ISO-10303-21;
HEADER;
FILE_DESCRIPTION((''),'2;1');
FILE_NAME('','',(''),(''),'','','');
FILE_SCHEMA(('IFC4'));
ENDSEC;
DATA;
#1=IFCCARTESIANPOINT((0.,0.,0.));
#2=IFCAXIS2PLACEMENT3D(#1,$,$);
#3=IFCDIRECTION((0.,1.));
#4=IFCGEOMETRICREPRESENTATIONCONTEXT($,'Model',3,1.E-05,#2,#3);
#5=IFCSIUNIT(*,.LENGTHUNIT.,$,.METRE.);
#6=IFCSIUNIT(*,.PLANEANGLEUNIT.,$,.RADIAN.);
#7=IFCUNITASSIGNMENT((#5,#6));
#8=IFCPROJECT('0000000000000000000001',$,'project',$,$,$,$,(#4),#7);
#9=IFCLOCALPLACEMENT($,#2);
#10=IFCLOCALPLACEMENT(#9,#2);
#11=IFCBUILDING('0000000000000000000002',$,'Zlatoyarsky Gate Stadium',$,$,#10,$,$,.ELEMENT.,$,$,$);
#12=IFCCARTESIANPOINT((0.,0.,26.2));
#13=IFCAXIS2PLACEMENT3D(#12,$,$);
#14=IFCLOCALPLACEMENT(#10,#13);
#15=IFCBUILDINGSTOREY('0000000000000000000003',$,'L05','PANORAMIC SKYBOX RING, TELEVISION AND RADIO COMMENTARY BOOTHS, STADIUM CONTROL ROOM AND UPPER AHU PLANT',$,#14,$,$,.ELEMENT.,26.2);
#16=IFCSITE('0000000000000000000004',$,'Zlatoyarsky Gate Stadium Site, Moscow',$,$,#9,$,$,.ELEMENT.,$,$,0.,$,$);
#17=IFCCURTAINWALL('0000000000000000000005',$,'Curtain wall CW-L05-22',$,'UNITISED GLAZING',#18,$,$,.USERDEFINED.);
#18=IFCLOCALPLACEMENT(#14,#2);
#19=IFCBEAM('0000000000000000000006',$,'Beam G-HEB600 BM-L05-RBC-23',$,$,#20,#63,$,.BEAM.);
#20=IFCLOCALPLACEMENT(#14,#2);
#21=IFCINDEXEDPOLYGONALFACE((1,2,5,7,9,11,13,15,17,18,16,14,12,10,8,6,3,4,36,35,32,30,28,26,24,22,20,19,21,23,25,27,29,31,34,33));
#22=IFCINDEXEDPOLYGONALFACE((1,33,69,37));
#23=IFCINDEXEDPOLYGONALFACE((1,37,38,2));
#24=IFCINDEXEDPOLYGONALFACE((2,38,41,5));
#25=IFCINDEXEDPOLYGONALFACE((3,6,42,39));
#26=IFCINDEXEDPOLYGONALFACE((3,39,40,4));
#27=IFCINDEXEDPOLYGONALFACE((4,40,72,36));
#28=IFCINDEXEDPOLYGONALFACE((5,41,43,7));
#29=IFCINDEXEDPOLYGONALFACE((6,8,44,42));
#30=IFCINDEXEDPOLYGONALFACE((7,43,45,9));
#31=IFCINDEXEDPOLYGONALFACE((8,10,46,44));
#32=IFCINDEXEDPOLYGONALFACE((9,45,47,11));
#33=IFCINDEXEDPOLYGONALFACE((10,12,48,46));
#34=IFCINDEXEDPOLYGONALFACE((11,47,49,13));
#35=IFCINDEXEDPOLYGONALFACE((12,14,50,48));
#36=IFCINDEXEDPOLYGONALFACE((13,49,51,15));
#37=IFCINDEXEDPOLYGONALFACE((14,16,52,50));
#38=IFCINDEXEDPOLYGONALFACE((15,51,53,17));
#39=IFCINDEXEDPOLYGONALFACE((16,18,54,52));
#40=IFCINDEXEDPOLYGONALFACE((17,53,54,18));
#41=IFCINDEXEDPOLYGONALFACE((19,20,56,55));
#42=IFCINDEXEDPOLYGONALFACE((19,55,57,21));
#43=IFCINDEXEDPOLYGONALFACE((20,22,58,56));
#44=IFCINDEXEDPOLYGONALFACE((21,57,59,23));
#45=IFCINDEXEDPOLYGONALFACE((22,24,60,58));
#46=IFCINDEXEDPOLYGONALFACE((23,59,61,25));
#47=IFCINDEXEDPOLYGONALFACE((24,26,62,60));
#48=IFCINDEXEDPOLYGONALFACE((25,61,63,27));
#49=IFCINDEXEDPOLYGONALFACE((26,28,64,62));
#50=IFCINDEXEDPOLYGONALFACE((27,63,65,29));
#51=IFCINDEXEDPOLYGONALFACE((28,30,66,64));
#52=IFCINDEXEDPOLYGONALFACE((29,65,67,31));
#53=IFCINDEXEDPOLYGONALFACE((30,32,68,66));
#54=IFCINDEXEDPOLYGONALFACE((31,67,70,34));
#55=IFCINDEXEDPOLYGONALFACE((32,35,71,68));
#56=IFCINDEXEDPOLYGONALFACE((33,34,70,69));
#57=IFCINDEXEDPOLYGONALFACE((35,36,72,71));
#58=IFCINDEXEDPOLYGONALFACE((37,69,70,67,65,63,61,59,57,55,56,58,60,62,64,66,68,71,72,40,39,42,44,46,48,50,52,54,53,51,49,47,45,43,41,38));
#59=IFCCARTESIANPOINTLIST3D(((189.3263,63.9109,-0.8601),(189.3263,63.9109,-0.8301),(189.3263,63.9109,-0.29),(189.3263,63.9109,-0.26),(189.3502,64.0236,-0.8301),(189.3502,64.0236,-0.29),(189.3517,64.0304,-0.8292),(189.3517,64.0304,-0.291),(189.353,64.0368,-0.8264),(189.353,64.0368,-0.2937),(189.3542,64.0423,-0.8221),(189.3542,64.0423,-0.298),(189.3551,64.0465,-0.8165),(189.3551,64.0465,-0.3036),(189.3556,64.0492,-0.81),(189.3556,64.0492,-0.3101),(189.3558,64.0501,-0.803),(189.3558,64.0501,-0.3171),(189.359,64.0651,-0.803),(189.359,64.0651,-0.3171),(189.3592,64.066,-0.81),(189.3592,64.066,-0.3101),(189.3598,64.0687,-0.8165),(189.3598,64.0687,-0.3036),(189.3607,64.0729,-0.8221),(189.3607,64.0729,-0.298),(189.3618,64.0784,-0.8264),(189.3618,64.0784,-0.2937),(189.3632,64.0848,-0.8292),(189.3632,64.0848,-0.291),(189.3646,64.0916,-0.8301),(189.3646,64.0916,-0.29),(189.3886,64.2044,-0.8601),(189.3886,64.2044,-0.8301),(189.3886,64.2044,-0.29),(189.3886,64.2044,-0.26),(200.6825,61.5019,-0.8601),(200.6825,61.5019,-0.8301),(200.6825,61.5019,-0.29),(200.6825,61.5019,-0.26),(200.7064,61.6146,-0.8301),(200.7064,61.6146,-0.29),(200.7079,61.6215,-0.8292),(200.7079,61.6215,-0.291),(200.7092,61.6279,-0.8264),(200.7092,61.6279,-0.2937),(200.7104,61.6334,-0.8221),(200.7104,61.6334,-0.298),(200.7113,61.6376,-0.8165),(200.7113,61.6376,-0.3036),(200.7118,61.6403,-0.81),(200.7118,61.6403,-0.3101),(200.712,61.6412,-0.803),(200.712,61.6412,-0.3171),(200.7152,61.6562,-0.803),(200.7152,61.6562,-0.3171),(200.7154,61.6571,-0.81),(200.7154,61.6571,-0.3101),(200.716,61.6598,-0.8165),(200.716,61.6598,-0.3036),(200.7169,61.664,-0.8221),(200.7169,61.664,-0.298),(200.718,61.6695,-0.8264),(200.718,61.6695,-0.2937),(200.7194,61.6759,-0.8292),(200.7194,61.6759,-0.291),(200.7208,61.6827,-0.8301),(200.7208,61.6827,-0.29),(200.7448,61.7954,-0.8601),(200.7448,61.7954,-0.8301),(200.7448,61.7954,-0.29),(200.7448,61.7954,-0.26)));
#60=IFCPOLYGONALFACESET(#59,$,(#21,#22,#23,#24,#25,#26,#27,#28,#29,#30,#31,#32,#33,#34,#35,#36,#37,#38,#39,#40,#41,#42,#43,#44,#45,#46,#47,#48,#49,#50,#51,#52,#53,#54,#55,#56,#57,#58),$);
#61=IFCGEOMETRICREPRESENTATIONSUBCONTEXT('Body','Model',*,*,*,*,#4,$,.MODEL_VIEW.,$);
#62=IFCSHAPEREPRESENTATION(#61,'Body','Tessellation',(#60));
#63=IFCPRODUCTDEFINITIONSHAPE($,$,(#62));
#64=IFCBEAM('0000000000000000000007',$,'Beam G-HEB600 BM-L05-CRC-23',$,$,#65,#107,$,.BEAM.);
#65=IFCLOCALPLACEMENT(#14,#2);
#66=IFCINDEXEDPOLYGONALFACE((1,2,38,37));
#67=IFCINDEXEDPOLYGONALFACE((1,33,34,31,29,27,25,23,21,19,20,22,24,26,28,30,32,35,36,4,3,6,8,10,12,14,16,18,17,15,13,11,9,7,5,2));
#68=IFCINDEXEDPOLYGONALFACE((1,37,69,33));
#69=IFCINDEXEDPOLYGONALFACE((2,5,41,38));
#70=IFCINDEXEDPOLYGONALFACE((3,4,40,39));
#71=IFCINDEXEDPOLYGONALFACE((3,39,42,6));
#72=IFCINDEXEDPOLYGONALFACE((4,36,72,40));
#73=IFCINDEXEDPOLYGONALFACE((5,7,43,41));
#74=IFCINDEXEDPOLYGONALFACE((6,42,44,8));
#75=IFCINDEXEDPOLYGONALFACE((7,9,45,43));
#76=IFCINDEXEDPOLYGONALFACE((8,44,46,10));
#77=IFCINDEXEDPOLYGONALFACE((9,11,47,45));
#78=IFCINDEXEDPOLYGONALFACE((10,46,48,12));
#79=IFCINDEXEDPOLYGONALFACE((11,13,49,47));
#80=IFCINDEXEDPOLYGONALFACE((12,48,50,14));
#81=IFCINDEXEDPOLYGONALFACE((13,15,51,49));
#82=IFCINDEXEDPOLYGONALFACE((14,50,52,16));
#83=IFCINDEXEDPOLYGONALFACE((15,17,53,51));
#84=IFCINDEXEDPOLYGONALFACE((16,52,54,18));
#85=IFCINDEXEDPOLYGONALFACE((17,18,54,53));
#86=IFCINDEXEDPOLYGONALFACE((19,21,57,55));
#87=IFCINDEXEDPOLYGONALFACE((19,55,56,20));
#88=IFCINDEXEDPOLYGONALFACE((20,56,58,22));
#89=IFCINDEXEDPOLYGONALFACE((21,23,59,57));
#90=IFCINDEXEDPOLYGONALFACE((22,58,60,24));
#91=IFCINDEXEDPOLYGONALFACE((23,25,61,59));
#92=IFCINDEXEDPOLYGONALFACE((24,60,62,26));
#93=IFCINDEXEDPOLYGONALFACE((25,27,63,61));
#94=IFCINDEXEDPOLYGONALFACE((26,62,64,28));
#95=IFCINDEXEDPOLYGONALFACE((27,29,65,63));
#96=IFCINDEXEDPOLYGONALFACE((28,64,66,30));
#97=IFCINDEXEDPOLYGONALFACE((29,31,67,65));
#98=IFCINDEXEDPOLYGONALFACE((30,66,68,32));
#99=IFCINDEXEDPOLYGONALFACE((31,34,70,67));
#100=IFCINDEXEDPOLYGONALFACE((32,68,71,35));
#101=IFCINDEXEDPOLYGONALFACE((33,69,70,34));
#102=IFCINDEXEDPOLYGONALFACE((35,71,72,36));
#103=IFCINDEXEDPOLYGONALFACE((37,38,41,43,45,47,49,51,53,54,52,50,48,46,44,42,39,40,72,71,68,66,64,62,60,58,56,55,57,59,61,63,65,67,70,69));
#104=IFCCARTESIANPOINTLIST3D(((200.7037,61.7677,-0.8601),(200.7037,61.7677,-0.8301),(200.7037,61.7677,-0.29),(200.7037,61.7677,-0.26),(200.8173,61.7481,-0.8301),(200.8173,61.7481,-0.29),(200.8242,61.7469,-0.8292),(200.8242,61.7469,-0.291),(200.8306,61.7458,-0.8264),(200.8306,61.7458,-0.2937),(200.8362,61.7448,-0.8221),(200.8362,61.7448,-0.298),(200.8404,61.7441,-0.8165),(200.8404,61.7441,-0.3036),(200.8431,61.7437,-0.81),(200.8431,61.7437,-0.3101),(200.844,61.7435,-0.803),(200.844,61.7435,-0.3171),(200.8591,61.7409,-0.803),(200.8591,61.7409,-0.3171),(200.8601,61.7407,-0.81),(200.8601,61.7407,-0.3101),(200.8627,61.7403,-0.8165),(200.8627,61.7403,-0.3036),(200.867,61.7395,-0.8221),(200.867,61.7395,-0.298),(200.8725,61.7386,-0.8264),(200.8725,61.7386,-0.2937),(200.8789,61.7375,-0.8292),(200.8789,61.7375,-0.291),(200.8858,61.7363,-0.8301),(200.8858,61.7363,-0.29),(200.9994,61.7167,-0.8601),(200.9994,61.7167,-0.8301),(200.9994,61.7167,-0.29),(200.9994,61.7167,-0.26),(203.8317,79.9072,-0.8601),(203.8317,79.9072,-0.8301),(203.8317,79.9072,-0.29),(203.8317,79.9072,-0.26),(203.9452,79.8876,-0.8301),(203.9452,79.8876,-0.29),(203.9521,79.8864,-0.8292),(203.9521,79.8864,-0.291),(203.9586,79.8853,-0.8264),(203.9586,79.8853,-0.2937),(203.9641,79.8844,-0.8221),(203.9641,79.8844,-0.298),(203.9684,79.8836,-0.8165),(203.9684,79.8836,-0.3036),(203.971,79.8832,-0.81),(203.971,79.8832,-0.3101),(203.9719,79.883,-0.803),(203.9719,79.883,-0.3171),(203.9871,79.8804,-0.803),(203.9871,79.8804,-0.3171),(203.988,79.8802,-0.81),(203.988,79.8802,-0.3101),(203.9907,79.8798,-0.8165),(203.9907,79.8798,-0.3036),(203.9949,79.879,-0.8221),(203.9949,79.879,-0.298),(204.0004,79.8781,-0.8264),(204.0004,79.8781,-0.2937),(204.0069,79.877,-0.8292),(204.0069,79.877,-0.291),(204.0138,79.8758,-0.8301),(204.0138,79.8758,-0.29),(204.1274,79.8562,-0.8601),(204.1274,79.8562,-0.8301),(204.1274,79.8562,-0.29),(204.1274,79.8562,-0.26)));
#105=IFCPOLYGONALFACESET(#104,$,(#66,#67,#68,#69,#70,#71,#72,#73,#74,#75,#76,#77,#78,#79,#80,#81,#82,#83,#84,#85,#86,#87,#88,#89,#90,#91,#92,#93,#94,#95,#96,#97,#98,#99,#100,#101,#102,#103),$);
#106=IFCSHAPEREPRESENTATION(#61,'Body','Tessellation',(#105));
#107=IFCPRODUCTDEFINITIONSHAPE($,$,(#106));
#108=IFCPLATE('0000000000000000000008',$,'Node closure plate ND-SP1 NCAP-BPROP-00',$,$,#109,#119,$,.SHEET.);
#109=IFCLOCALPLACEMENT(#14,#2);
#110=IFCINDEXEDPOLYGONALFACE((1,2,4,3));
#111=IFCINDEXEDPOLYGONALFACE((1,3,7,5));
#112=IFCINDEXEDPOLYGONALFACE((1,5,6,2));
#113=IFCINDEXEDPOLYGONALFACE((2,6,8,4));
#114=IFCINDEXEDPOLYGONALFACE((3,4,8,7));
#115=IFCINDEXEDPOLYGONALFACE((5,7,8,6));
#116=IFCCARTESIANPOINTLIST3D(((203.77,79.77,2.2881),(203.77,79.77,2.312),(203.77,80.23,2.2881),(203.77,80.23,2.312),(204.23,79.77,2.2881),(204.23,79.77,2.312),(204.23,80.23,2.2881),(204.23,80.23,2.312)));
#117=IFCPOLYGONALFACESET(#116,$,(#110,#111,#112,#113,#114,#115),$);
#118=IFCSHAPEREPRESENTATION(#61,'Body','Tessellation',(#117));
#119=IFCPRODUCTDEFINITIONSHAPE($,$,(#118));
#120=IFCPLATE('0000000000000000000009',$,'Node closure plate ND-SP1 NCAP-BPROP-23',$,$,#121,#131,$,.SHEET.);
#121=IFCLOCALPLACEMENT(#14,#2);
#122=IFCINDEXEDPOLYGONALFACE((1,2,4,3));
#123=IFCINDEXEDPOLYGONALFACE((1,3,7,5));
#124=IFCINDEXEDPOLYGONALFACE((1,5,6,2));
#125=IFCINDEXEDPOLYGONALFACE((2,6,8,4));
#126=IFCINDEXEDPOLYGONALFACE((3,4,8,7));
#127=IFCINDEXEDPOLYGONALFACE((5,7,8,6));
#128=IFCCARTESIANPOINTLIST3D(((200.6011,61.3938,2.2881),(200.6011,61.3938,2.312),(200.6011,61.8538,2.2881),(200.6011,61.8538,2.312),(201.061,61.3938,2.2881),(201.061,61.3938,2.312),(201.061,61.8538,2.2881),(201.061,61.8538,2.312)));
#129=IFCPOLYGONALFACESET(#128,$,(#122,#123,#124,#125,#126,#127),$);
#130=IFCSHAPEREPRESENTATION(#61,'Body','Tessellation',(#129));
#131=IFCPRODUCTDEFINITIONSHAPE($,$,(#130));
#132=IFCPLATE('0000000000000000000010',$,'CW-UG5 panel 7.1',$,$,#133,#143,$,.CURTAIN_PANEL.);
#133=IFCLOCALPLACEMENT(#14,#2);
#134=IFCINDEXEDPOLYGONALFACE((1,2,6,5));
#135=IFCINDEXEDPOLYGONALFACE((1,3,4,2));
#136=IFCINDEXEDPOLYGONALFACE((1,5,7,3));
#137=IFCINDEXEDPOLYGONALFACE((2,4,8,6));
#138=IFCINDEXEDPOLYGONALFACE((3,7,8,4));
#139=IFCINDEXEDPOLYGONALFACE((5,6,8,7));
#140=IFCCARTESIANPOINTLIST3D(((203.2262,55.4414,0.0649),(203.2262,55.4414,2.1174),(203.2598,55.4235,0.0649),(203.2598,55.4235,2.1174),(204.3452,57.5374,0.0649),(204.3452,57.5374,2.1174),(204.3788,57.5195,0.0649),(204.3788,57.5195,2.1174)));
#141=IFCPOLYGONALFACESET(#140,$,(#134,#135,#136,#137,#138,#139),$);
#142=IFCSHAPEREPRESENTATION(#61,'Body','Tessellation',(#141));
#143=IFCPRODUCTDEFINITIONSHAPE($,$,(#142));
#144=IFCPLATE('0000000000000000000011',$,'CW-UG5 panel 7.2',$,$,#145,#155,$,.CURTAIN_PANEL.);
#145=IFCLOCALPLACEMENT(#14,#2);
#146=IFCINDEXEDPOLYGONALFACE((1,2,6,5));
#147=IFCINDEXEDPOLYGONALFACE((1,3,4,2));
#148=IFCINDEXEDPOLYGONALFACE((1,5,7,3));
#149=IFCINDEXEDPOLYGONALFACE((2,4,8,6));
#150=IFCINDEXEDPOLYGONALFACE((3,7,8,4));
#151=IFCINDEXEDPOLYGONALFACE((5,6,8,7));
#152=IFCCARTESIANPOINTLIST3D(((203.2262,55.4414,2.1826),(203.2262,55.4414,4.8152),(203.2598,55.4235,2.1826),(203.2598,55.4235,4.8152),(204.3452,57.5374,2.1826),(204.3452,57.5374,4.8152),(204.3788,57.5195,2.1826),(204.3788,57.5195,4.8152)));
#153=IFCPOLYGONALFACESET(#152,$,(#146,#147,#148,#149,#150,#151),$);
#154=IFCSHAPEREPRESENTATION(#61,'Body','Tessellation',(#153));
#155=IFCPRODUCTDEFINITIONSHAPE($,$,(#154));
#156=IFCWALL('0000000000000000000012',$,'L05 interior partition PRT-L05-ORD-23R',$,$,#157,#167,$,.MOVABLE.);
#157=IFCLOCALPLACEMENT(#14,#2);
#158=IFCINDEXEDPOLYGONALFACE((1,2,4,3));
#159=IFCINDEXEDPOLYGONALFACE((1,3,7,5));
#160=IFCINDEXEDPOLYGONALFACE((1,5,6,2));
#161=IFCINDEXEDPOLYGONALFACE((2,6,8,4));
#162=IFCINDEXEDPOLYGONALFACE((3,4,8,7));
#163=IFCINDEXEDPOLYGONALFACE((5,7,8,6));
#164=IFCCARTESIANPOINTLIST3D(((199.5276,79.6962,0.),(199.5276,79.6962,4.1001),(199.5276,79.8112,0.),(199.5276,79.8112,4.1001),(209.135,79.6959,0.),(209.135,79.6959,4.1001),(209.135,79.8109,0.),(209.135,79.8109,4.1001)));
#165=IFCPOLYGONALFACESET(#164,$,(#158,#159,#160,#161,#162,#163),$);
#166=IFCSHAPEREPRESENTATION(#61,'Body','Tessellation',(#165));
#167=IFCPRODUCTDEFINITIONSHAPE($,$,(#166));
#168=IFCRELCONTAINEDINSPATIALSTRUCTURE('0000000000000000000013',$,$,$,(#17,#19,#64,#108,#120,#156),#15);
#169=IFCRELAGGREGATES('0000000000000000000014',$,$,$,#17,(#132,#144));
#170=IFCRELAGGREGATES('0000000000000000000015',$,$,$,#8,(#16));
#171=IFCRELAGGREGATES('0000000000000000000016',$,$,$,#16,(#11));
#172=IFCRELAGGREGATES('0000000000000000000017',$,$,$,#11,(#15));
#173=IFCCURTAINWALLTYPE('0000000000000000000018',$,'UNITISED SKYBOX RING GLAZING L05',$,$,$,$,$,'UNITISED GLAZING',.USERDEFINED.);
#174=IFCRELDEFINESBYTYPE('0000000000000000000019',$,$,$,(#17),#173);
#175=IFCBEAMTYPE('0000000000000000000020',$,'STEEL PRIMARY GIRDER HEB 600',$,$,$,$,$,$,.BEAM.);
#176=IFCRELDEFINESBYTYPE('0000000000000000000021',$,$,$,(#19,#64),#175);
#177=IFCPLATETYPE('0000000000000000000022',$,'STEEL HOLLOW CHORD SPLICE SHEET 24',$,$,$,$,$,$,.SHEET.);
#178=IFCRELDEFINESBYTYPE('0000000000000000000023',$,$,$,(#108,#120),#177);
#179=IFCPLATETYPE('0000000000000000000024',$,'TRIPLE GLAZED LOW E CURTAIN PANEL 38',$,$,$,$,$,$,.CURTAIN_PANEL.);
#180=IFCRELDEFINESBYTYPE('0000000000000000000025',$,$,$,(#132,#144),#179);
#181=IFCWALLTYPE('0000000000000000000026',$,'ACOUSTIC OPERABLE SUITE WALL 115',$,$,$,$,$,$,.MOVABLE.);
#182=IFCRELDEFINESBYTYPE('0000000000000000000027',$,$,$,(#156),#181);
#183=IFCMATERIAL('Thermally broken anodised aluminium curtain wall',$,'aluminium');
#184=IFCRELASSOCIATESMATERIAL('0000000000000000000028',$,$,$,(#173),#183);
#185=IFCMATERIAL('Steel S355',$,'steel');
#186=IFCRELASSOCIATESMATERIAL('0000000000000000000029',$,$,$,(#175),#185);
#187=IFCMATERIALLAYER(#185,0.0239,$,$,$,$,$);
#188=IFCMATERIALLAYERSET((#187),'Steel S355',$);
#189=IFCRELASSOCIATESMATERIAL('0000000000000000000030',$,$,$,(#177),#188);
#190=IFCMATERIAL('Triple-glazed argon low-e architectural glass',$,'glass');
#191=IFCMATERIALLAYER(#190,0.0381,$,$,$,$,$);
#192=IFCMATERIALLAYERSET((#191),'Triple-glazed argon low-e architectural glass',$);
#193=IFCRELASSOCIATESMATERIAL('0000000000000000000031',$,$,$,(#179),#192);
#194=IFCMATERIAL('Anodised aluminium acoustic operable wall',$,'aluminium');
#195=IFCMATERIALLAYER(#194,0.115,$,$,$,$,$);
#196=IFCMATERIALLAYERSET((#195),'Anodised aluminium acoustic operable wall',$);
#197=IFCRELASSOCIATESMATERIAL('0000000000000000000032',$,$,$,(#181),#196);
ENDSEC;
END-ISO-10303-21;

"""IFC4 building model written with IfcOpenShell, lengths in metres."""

from ifc_helpers import new_model, si_unit, direction, frame, frame_2d, origin, origin_2d, place, context, subcontext, project, spatial, rectangle, i_section, extrude, material, layer, layer_set, material_profile, profile_set, type_object, element, aggregate, save


model = new_model("IFC4")

# Units and contexts
model_context = context("Model", 3, precision=1e-05, world=origin(), true_north=direction((0.0, 1.0)))
body_context = subcontext(model_context, "Body", "Model", "MODEL_VIEW")
ifc_project = project(units=[si_unit("LENGTHUNIT", "METRE"), si_unit("PLANEANGLEUNIT", "RADIAN")], contexts=[model_context])

# Site, building, storey
site_placement = place(None, origin())
site = spatial("IfcSite", under=ifc_project, at=site_placement, Name="Zlatoyarsky Gate Stadium Site, Moscow", CompositionType="ELEMENT", RefElevation=0.0)
building_placement = place(site_placement, origin())
building = spatial("IfcBuilding", under=site, at=building_placement, Name="Zlatoyarsky Gate Stadium", CompositionType="ELEMENT")
storey_placement = place(building_placement, frame((0.0, 0.0, 26.2)))
storey = spatial("IfcBuildingStorey", under=building, at=storey_placement, Name="L05", Description="PANORAMIC SKYBOX RING, TELEVISION AND RADIO COMMENTARY BOOTHS, STADIUM CONTROL ROOM AND UPPER AHU PLANT", CompositionType="ELEMENT", Elevation=26.2)

# Shared definitions
ifc_material_1 = material(Name="Steel S355", Category="steel")

# Curtain wall
ifc_material_2 = material(Name="Thermally broken anodised aluminium curtain wall", Category="aluminium")
curtain_wall_type = type_object("IfcCurtainWallType", Name="UNITISED SKYBOX RING GLAZING L05", ElementType="UNITISED GLAZING", PredefinedType="USERDEFINED", material=ifc_material_2)
curtain_wall_placement = place(storey_placement, origin())
curtain_wall = element("IfcCurtainWall", 1, at=curtain_wall_placement, inside=storey, type_object=curtain_wall_type, Name="Curtain wall CW-L05-22", ObjectType="UNITISED GLAZING", PredefinedType="USERDEFINED")

# Beams
ifc_material_profile_1 = material_profile(ifc_material_1, i_section(OverallWidth=0.3, OverallDepth=0.6001, WebThickness=0.0154, FlangeThickness=0.03, FilletRadius=0.0271, at=origin_2d()), Name="HEB 600")
ifc_profile_set_1 = profile_set([ifc_material_profile_1], Name="Steel S355")
beam_type_1 = type_object("IfcBeamType", Name="STEEL PRIMARY GIRDER HEB 600", PredefinedType="BEAM", material=ifc_profile_set_1)
beam_1_placement = place(storey_placement, frame((189.3574, 64.0576, -0.5601), z_axis=(0.978233, -0.207508, 0.0), x_axis=(0.207508, 0.978233, 0.0)))
element("IfcBeam", 2, at=beam_1_placement, inside=storey, type_object=beam_type_1, Name="Beam G-HEB600 BM-L05-RBC-23", PredefinedType="BEAM", context=body_context, shape_type="SweptSolid", body=[
    extrude(i_section(OverallWidth=0.3, OverallDepth=0.6001, WebThickness=0.0154, FlangeThickness=0.03, FilletRadius=0.0271, at=origin_2d()), origin(), (0.0, 0.0, 1.0), 11.6089),
])
beam_2_placement = place(storey_placement, frame((200.8516, 61.7422, -0.5601), z_axis=(0.16993, 0.985456, 0.0), x_axis=(-0.985456, 0.16993, 0.0)))
element("IfcBeam", 3, at=beam_2_placement, inside=storey, type_object=beam_type_1, Name="Beam G-HEB600 BM-L05-CRC-23", PredefinedType="BEAM", context=body_context, shape_type="SweptSolid", body=[
    extrude(i_section(OverallWidth=0.3, OverallDepth=0.6001, WebThickness=0.0154, FlangeThickness=0.03, FilletRadius=0.0271, at=origin_2d()), origin(), (0.0, 0.0, 1.0), 18.4072),
])

# Plates
ifc_layer_1 = layer(ifc_material_1, 0.0239)
ifc_layer_set_1 = layer_set([ifc_layer_1], Name="Steel S355")
plate_type_1 = type_object("IfcPlateType", Name="STEEL HOLLOW CHORD SPLICE SHEET 24", PredefinedType="SHEET", material=ifc_layer_set_1)
for number, where, z_axis, x_axis, name in (
    (4, (204.0, 80.0, 2.2881), (0.0, 0.0, 1.0), (1.0, 0.0, 0.0), "Node closure plate ND-SP1 NCAP-BPROP-00"),
    (5, (200.8311, 61.6238, 2.2881), (0.0, 0.0, 1.0), (1.0, 0.0, 0.0), "Node closure plate ND-SP1 NCAP-BPROP-23"),
):
    element("IfcPlate", number, at=place(storey_placement, frame(where, z_axis=z_axis, x_axis=x_axis)), inside=storey, type_object=plate_type_1, Name=name, PredefinedType="SHEET", context=body_context, shape_type="SweptSolid", body=[
        extrude(rectangle(XDim=0.46, YDim=0.46, at=origin_2d()), origin(), (0.0, 0.0, 1.0), 0.0239),
    ])

# Plates
ifc_material_3 = material(Name="Triple-glazed argon low-e architectural glass", Category="glass")
ifc_layer_2 = layer(ifc_material_3, 0.0381)
ifc_layer_set_2 = layer_set([ifc_layer_2], Name="Triple-glazed argon low-e architectural glass")
plate_type_2 = type_object("IfcPlateType", Name="TRIPLE GLAZED LOW E CURTAIN PANEL 38", PredefinedType="CURTAIN_PANEL", material=ifc_layer_set_2)
plate_1_placement = place(storey_placement, frame((203.8025, 56.4805, 0.0649), z_axis=(0.0, 0.0, 1.0), x_axis=(0.470935, 0.882168, 0.0)))
plate_1 = element("IfcPlate", 6, at=plate_1_placement, type_object=plate_type_2, Name="CW-UG5 panel 7.1", PredefinedType="CURTAIN_PANEL", context=body_context, shape_type="SweptSolid", body=[
    extrude(rectangle(XDim=2.376, YDim=0.0381, at=origin_2d()), origin(), (0.0, 0.0, 1.0), 2.0525),
])
plate_2_placement = place(storey_placement, frame((203.8025, 56.4805, 2.1826), z_axis=(0.0, 0.0, 1.0), x_axis=(0.470935, 0.882168, 0.0)))
plate_2 = element("IfcPlate", 7, at=plate_2_placement, type_object=plate_type_2, Name="CW-UG5 panel 7.2", PredefinedType="CURTAIN_PANEL", context=body_context, shape_type="SweptSolid", body=[
    extrude(rectangle(XDim=2.376, YDim=0.0381, at=origin_2d()), origin(), (0.0, 0.0, 1.0), 2.6326),
])
aggregate(curtain_wall, [plate_1, plate_2])

# Wall
ifc_material_4 = material(Name="Anodised aluminium acoustic operable wall", Category="aluminium")
ifc_layer_3 = layer(ifc_material_4, 0.115)
ifc_layer_set_3 = layer_set([ifc_layer_3], Name="Anodised aluminium acoustic operable wall")
wall_type_1 = type_object("IfcWallType", Name="ACOUSTIC OPERABLE SUITE WALL 115", PredefinedType="MOVABLE", material=ifc_layer_set_3)
wall_1_placement = place(storey_placement, frame((199.5276, 79.7537, 0.0), z_axis=(0.0, 0.0, 1.0), x_axis=(1.0, -0.000025, 0.0)))
element("IfcWall", 8, at=wall_1_placement, inside=storey, type_object=wall_type_1, Name="L05 interior partition PRT-L05-ORD-23R", PredefinedType="MOVABLE", context=body_context, shape_type="SweptSolid", body=[
    extrude(rectangle(XDim=9.6074, YDim=0.115, at=frame_2d((4.8037, 0.0))), origin(), (0.0, 0.0, 1.0), 4.1001),
])

save(model, "model.ifc")
